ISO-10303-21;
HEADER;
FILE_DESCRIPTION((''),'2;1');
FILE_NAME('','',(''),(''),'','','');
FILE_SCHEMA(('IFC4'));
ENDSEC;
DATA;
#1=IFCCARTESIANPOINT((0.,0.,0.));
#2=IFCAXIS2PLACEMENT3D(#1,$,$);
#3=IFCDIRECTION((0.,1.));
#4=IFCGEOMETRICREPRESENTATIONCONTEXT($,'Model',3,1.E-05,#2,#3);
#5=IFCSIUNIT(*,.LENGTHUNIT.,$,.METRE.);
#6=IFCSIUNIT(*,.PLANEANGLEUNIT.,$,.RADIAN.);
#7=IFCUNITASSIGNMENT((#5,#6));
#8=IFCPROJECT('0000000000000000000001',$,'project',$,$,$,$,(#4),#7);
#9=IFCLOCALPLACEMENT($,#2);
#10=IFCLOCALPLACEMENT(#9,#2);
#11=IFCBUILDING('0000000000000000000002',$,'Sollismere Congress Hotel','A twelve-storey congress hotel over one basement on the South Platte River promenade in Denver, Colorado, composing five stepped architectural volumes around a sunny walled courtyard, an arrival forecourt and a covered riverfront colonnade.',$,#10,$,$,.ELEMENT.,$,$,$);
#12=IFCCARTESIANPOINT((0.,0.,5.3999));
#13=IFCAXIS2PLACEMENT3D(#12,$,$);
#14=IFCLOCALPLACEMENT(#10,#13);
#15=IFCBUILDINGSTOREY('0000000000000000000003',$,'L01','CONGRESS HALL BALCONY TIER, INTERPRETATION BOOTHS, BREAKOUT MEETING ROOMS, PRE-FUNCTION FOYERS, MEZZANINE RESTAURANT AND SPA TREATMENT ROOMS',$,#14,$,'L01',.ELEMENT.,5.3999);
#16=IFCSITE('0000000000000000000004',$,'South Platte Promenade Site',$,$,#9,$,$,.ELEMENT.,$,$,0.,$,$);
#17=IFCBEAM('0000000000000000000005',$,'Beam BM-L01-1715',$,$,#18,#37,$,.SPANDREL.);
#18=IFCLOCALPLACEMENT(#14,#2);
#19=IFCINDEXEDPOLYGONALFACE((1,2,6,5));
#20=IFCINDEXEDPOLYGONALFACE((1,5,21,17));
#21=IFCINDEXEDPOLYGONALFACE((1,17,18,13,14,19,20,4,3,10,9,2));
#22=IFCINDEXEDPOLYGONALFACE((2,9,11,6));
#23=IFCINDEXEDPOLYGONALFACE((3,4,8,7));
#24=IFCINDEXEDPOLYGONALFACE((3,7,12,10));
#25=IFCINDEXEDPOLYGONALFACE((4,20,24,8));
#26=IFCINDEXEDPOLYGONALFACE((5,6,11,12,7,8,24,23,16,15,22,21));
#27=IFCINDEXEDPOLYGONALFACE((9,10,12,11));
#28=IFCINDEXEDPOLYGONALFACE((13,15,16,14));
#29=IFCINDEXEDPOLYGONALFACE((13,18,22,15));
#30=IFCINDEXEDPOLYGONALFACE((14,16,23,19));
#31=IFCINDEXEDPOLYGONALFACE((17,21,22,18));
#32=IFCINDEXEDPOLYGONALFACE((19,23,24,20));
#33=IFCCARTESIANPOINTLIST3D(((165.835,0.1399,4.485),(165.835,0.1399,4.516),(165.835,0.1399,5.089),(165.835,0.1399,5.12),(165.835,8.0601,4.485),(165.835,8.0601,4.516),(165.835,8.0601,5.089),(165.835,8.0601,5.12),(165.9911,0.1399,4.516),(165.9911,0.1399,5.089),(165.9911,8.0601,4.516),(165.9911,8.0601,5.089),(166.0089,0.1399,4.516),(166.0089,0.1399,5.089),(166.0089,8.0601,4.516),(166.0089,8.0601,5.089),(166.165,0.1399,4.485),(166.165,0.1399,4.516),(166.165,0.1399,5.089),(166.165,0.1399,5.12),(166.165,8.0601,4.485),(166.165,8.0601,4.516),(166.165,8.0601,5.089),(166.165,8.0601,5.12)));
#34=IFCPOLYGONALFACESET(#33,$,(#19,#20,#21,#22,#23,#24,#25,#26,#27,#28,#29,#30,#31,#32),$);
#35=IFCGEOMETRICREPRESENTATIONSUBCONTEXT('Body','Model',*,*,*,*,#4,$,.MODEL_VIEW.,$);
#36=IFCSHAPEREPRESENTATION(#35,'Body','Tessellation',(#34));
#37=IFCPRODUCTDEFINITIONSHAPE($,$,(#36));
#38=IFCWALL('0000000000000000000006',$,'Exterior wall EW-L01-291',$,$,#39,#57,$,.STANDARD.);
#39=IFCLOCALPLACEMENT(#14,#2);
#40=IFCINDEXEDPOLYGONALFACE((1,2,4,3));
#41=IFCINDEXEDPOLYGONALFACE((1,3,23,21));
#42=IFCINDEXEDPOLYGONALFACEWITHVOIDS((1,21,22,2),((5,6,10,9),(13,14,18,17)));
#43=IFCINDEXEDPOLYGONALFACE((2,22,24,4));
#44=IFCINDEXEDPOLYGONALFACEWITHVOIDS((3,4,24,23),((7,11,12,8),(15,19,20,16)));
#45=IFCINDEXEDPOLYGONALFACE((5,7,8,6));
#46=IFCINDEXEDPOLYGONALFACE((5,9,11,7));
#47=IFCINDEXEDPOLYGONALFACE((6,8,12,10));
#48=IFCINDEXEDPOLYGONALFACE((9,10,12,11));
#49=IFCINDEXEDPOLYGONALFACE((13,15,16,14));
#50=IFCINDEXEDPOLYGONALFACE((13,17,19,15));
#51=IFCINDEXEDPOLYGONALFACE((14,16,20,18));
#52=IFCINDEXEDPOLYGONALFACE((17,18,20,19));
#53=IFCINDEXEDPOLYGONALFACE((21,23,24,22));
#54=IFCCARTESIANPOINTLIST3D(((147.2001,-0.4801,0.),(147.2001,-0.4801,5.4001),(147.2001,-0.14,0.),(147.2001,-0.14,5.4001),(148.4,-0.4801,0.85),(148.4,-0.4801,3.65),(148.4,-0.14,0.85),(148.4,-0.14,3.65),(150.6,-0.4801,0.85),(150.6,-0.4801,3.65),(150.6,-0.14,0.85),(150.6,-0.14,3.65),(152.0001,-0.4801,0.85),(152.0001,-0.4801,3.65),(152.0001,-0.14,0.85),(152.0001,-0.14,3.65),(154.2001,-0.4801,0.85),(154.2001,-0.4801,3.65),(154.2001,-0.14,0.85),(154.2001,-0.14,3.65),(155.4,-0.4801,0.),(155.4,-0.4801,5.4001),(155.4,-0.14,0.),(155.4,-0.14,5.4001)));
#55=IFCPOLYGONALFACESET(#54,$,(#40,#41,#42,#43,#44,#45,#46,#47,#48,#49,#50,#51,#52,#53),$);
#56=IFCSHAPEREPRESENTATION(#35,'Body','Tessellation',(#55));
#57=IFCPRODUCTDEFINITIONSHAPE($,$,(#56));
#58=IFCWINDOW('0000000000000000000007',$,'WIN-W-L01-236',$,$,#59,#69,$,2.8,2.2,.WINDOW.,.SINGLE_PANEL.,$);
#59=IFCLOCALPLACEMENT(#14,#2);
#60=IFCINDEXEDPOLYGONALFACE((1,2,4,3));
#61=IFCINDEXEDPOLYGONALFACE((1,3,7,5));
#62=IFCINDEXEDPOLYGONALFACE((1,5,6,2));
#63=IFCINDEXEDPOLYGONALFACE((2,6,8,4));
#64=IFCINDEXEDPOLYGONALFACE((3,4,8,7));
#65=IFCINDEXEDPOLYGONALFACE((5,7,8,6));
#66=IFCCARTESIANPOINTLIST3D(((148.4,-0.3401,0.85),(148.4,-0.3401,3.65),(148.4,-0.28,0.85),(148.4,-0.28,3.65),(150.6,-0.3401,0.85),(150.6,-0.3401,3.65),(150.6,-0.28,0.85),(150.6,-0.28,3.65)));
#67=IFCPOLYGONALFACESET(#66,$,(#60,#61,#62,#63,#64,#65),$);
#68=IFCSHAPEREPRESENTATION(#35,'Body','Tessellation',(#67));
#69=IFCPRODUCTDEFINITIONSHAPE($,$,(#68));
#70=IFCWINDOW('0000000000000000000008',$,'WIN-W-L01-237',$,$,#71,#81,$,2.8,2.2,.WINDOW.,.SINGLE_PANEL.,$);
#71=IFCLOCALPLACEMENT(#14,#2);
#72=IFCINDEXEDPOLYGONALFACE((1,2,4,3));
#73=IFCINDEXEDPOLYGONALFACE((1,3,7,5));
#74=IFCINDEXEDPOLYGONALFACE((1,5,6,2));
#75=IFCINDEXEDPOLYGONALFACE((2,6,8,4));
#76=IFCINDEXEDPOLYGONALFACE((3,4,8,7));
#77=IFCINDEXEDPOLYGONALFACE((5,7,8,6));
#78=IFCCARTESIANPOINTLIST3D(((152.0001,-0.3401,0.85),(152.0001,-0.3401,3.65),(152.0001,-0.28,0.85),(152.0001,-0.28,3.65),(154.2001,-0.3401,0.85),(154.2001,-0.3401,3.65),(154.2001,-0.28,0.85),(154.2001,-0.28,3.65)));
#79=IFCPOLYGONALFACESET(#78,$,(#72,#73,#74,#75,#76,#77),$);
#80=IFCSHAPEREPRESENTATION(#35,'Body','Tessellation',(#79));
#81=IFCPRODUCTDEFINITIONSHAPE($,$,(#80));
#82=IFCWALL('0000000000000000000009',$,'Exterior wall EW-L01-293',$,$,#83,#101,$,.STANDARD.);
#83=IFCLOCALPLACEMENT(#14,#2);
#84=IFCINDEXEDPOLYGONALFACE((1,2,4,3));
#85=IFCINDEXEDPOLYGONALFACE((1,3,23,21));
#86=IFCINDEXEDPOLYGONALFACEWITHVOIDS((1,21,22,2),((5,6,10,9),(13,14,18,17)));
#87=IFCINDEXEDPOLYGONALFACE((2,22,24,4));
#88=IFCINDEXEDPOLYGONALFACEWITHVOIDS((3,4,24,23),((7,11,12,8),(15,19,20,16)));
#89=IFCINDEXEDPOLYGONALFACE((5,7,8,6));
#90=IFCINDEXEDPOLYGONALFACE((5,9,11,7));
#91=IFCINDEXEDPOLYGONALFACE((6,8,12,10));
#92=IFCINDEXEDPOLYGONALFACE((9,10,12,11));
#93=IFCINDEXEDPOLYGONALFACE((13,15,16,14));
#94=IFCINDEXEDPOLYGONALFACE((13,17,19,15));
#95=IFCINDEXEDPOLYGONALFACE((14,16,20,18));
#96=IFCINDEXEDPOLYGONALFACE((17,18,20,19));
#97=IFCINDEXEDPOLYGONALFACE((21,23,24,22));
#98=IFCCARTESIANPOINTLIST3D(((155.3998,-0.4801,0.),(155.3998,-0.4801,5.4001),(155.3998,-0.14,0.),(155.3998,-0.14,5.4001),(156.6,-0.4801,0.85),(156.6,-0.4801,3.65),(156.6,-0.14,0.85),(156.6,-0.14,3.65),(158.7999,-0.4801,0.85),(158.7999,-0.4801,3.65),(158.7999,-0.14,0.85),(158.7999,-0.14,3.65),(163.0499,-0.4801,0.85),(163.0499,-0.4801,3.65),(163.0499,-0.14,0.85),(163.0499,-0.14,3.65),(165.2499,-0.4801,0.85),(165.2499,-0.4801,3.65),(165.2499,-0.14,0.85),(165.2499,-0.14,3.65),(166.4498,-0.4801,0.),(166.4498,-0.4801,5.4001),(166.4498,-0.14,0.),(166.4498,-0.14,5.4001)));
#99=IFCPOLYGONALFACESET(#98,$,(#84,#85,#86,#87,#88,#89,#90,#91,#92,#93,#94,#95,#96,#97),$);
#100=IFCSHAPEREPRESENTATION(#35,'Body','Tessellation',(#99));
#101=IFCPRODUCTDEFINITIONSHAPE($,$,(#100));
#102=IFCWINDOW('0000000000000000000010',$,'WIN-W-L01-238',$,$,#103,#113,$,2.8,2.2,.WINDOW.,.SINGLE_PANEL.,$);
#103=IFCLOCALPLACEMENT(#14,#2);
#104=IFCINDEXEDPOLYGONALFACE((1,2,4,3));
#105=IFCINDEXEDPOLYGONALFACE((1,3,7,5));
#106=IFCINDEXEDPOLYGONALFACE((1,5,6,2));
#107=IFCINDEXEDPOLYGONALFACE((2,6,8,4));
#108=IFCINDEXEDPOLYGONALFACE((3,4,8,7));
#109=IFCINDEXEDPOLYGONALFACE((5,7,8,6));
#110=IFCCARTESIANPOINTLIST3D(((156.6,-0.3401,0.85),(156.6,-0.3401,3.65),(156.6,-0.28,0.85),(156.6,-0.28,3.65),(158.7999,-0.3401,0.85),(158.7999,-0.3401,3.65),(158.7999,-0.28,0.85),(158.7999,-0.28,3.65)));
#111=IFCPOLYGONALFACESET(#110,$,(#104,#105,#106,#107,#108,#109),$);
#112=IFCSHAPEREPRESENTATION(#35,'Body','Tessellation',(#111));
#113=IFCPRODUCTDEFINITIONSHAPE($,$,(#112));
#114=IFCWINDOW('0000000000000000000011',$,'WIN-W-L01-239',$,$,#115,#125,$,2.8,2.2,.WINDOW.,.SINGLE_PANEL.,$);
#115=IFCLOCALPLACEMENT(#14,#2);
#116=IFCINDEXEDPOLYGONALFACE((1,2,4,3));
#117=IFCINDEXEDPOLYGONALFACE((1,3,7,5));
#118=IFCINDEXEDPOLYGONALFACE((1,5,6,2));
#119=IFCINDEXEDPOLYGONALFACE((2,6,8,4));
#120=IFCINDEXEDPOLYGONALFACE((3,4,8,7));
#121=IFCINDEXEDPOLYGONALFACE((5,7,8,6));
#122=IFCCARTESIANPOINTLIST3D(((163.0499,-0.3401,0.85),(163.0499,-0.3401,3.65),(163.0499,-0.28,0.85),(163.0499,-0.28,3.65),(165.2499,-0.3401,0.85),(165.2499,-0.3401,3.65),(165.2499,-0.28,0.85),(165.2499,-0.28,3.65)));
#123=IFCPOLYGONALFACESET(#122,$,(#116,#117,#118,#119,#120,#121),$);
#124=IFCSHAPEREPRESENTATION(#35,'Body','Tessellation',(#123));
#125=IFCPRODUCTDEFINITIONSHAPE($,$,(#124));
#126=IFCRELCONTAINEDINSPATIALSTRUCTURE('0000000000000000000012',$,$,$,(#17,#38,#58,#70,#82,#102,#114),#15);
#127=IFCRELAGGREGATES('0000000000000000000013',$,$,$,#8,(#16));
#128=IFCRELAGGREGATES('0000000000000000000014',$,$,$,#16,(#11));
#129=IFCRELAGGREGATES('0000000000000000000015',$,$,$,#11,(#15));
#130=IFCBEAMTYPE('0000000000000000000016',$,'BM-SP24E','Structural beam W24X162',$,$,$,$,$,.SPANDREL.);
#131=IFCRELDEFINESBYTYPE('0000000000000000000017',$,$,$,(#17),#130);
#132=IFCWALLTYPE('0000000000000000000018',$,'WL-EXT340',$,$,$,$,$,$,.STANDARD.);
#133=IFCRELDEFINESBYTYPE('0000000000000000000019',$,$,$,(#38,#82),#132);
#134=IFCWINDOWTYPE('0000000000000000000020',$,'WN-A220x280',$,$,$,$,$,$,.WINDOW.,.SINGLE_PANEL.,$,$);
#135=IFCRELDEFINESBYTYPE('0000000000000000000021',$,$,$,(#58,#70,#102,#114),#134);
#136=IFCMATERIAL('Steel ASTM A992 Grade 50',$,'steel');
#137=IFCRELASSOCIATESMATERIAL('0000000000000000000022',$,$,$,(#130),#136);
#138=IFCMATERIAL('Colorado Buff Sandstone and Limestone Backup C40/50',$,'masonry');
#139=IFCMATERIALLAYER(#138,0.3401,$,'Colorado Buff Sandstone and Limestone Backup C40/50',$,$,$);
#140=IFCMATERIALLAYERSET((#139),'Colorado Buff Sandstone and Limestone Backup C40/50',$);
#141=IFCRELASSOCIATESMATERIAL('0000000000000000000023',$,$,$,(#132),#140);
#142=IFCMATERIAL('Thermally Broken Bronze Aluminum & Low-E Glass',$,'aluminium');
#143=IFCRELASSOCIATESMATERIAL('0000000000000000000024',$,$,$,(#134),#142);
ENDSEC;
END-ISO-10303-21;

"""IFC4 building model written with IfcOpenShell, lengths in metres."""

from ifc_helpers import new_model, si_unit, direction, frame, frame_2d, origin, origin_2d, place, context, subcontext, project, spatial, rectangle, i_section, extrude, material, layer, layer_set, material_profile, profile_set, type_object, element, fill, save


model = new_model("IFC4")

# Units and contexts
model_context = context("Model", 3, precision=1e-05, world=origin(), true_north=direction((0.0, 1.0)))
body_context = subcontext(model_context, "Body", "Model", "MODEL_VIEW")
ifc_project = project(units=[si_unit("LENGTHUNIT", "METRE"), si_unit("PLANEANGLEUNIT", "RADIAN")], contexts=[model_context])

# Site, building, storey
site_placement = place(None, origin())
site = spatial("IfcSite", under=ifc_project, at=site_placement, Name="South Platte Promenade Site", CompositionType="ELEMENT", RefElevation=0.0)
building_placement = place(site_placement, origin())
building = spatial("IfcBuilding", under=site, at=building_placement, Name="Sollismere Congress Hotel", Description="A twelve-storey congress hotel over one basement on the South Platte River promenade in Denver, Colorado, composing five stepped architectural volumes around a sunny walled courtyard, an arrival forecourt and a covered riverfront colonnade.", CompositionType="ELEMENT")
storey_placement = place(building_placement, frame((0.0, 0.0, 5.3999)))
storey = spatial("IfcBuildingStorey", under=building, at=storey_placement, Name="L01", Description="CONGRESS HALL BALCONY TIER, INTERPRETATION BOOTHS, BREAKOUT MEETING ROOMS, PRE-FUNCTION FOYERS, MEZZANINE RESTAURANT AND SPA TREATMENT ROOMS", LongName="L01", CompositionType="ELEMENT", Elevation=5.3999)

# Shared definitions
ifc_material_1 = material(Name="Steel ASTM A992 Grade 50", Category="steel")

# Beam
ifc_material_profile_1 = material_profile(ifc_material_1, i_section(OverallWidth=0.3301, OverallDepth=0.635, WebThickness=0.0178, FlangeThickness=0.031, at=origin_2d()), Name="W24X162")
ifc_profile_set_1 = profile_set([ifc_material_profile_1], Name="Steel ASTM A992 Grade 50")
beam_type_1 = type_object("IfcBeamType", Name="BM-SP24E", Description="Structural beam W24X162", PredefinedType="SPANDREL", material=ifc_profile_set_1)
beam_1_placement = place(storey_placement, frame((166.0, 0.1399, 4.8025), z_axis=(0.0, 1.0, 0.0), x_axis=(-1.0, 0.0, 0.0)))
element("IfcBeam", 1, at=beam_1_placement, inside=storey, type_object=beam_type_1, Name="Beam BM-L01-1715", PredefinedType="SPANDREL", context=body_context, shape_type="SweptSolid", body=[
    extrude(i_section(OverallWidth=0.3301, OverallDepth=0.635, WebThickness=0.0178, FlangeThickness=0.031, at=origin_2d()), origin(), (0.0, 0.0, 1.0), 7.9202),
])

# Walls, openings, windows
ifc_material_2 = material(Name="Colorado Buff Sandstone and Limestone Backup C40/50", Category="masonry")
ifc_layer_1 = layer(ifc_material_2, 0.3401, Name="Colorado Buff Sandstone and Limestone Backup C40/50")
ifc_layer_set_1 = layer_set([ifc_layer_1], Name="Colorado Buff Sandstone and Limestone Backup C40/50")
wall_type_1 = type_object("IfcWallType", Name="WL-EXT340", PredefinedType="STANDARD", material=ifc_layer_set_1)
wall_1_placement = place(storey_placement, frame((147.2, -0.3101, 0.0), z_axis=(0.0, 0.0, 1.0), x_axis=(1.0, 0.0, 0.0)))
wall_1 = element("IfcWall", 2, at=wall_1_placement, inside=storey, type_object=wall_type_1, Name="Exterior wall EW-L01-291", PredefinedType="STANDARD", context=body_context, shape_type="SweptSolid", body=[
    extrude(rectangle(XDim=8.2, YDim=0.3401, at=frame_2d((4.1001, 0.0))), origin(), (0.0, 0.0, 1.0), 5.4001),
])
opening_1_placement = place(wall_1_placement, frame((1.2, 0.0, 0.8501)))
opening_1 = element("IfcOpeningElement", 3, at=opening_1_placement, cuts=wall_1, PredefinedType="OPENING", context=body_context, shape_type="SweptSolid", body=[
    extrude(rectangle(XDim=2.2, YDim=2.8, at=frame_2d((1.1001, 1.3999))), frame((0.0, 0.1799, 0.0), z_axis=(0.0, -1.0, 0.0), x_axis=(1.0, 0.0, 0.0)), (0.0, 0.0, 1.0), 0.3601),
])
opening_2_placement = place(wall_1_placement, frame((4.8, 0.0, 0.8501)))
opening_2 = element("IfcOpeningElement", 4, at=opening_2_placement, cuts=wall_1, PredefinedType="OPENING", context=body_context, shape_type="SweptSolid", body=[
    extrude(rectangle(XDim=2.2, YDim=2.8, at=frame_2d((1.1001, 1.3999))), frame((0.0, 0.1799, 0.0), z_axis=(0.0, -1.0, 0.0), x_axis=(1.0, 0.0, 0.0)), (0.0, 0.0, 1.0), 0.3601),
])
ifc_material_3 = material(Name="Thermally Broken Bronze Aluminum & Low-E Glass", Category="aluminium")
window_type_1 = type_object("IfcWindowType", Name="WN-A220x280", PartitioningType="SINGLE_PANEL", PredefinedType="WINDOW", material=ifc_material_3)
window_1_placement = place(opening_1_placement, origin())
window_1 = element("IfcWindow", 5, at=window_1_placement, inside=storey, type_object=window_type_1, Name="WIN-W-L01-236", OverallHeight=2.8, OverallWidth=2.2, PartitioningType="SINGLE_PANEL", PredefinedType="WINDOW", context=body_context, shape_type="SweptSolid", body=[
    extrude(rectangle(XDim=2.2, YDim=2.8, at=frame_2d((1.1001, 1.3999))), frame((0.0, 0.03, 0.0), z_axis=(0.0, -1.0, 0.0), x_axis=(1.0, 0.0, 0.0)), (0.0, 0.0, 1.0), 0.0601),
])
fill(opening_1, window_1)
window_2_placement = place(opening_2_placement, origin())
window_2 = element("IfcWindow", 6, at=window_2_placement, inside=storey, type_object=window_type_1, Name="WIN-W-L01-237", OverallHeight=2.8, OverallWidth=2.2, PartitioningType="SINGLE_PANEL", PredefinedType="WINDOW", context=body_context, shape_type="SweptSolid", body=[
    extrude(rectangle(XDim=2.2, YDim=2.8, at=frame_2d((1.1001, 1.3999))), frame((0.0, 0.03, 0.0), z_axis=(0.0, -1.0, 0.0), x_axis=(1.0, 0.0, 0.0)), (0.0, 0.0, 1.0), 0.0601),
])
fill(opening_2, window_2)
wall_2_placement = place(storey_placement, frame((155.3999, -0.3101, 0.0), z_axis=(0.0, 0.0, 1.0), x_axis=(1.0, 0.0, 0.0)))
wall_2 = element("IfcWall", 7, at=wall_2_placement, inside=storey, type_object=wall_type_1, Name="Exterior wall EW-L01-293", PredefinedType="STANDARD", context=body_context, shape_type="SweptSolid", body=[
    extrude(rectangle(XDim=11.05, YDim=0.3401, at=frame_2d((5.5249, 0.0))), origin(), (0.0, 0.0, 1.0), 5.4001),
])
opening_3_placement = place(wall_2_placement, frame((1.2, 0.0, 0.8501)))
opening_3 = element("IfcOpeningElement", 8, at=opening_3_placement, cuts=wall_2, PredefinedType="OPENING", context=body_context, shape_type="SweptSolid", body=[
    extrude(rectangle(XDim=2.2, YDim=2.8, at=frame_2d((1.1001, 1.3999))), frame((0.0, 0.1799, 0.0), z_axis=(0.0, -1.0, 0.0), x_axis=(1.0, 0.0, 0.0)), (0.0, 0.0, 1.0), 0.3601),
])
opening_4_placement = place(wall_2_placement, frame((7.6499, 0.0, 0.8501)))
opening_4 = element("IfcOpeningElement", 9, at=opening_4_placement, cuts=wall_2, PredefinedType="OPENING", context=body_context, shape_type="SweptSolid", body=[
    extrude(rectangle(XDim=2.2, YDim=2.8, at=frame_2d((1.1001, 1.3999))), frame((0.0, 0.1799, 0.0), z_axis=(0.0, -1.0, 0.0), x_axis=(1.0, 0.0, 0.0)), (0.0, 0.0, 1.0), 0.3601),
])
window_3_placement = place(opening_3_placement, origin())
window_3 = element("IfcWindow", 10, at=window_3_placement, inside=storey, type_object=window_type_1, Name="WIN-W-L01-238", OverallHeight=2.8, OverallWidth=2.2, PartitioningType="SINGLE_PANEL", PredefinedType="WINDOW", context=body_context, shape_type="SweptSolid", body=[
    extrude(rectangle(XDim=2.2, YDim=2.8, at=frame_2d((1.1001, 1.3999))), frame((0.0, 0.03, 0.0), z_axis=(0.0, -1.0, 0.0), x_axis=(1.0, 0.0, 0.0)), (0.0, 0.0, 1.0), 0.0601),
])
fill(opening_3, window_3)
window_4_placement = place(opening_4_placement, origin())
window_4 = element("IfcWindow", 11, at=window_4_placement, inside=storey, type_object=window_type_1, Name="WIN-W-L01-239", OverallHeight=2.8, OverallWidth=2.2, PartitioningType="SINGLE_PANEL", PredefinedType="WINDOW", context=body_context, shape_type="SweptSolid", body=[
    extrude(rectangle(XDim=2.2, YDim=2.8, at=frame_2d((1.1001, 1.3999))), frame((0.0, 0.03, 0.0), z_axis=(0.0, -1.0, 0.0), x_axis=(1.0, 0.0, 0.0)), (0.0, 0.0, 1.0), 0.0601),
])
fill(opening_4, window_4)

save(model, "model.ifc")
